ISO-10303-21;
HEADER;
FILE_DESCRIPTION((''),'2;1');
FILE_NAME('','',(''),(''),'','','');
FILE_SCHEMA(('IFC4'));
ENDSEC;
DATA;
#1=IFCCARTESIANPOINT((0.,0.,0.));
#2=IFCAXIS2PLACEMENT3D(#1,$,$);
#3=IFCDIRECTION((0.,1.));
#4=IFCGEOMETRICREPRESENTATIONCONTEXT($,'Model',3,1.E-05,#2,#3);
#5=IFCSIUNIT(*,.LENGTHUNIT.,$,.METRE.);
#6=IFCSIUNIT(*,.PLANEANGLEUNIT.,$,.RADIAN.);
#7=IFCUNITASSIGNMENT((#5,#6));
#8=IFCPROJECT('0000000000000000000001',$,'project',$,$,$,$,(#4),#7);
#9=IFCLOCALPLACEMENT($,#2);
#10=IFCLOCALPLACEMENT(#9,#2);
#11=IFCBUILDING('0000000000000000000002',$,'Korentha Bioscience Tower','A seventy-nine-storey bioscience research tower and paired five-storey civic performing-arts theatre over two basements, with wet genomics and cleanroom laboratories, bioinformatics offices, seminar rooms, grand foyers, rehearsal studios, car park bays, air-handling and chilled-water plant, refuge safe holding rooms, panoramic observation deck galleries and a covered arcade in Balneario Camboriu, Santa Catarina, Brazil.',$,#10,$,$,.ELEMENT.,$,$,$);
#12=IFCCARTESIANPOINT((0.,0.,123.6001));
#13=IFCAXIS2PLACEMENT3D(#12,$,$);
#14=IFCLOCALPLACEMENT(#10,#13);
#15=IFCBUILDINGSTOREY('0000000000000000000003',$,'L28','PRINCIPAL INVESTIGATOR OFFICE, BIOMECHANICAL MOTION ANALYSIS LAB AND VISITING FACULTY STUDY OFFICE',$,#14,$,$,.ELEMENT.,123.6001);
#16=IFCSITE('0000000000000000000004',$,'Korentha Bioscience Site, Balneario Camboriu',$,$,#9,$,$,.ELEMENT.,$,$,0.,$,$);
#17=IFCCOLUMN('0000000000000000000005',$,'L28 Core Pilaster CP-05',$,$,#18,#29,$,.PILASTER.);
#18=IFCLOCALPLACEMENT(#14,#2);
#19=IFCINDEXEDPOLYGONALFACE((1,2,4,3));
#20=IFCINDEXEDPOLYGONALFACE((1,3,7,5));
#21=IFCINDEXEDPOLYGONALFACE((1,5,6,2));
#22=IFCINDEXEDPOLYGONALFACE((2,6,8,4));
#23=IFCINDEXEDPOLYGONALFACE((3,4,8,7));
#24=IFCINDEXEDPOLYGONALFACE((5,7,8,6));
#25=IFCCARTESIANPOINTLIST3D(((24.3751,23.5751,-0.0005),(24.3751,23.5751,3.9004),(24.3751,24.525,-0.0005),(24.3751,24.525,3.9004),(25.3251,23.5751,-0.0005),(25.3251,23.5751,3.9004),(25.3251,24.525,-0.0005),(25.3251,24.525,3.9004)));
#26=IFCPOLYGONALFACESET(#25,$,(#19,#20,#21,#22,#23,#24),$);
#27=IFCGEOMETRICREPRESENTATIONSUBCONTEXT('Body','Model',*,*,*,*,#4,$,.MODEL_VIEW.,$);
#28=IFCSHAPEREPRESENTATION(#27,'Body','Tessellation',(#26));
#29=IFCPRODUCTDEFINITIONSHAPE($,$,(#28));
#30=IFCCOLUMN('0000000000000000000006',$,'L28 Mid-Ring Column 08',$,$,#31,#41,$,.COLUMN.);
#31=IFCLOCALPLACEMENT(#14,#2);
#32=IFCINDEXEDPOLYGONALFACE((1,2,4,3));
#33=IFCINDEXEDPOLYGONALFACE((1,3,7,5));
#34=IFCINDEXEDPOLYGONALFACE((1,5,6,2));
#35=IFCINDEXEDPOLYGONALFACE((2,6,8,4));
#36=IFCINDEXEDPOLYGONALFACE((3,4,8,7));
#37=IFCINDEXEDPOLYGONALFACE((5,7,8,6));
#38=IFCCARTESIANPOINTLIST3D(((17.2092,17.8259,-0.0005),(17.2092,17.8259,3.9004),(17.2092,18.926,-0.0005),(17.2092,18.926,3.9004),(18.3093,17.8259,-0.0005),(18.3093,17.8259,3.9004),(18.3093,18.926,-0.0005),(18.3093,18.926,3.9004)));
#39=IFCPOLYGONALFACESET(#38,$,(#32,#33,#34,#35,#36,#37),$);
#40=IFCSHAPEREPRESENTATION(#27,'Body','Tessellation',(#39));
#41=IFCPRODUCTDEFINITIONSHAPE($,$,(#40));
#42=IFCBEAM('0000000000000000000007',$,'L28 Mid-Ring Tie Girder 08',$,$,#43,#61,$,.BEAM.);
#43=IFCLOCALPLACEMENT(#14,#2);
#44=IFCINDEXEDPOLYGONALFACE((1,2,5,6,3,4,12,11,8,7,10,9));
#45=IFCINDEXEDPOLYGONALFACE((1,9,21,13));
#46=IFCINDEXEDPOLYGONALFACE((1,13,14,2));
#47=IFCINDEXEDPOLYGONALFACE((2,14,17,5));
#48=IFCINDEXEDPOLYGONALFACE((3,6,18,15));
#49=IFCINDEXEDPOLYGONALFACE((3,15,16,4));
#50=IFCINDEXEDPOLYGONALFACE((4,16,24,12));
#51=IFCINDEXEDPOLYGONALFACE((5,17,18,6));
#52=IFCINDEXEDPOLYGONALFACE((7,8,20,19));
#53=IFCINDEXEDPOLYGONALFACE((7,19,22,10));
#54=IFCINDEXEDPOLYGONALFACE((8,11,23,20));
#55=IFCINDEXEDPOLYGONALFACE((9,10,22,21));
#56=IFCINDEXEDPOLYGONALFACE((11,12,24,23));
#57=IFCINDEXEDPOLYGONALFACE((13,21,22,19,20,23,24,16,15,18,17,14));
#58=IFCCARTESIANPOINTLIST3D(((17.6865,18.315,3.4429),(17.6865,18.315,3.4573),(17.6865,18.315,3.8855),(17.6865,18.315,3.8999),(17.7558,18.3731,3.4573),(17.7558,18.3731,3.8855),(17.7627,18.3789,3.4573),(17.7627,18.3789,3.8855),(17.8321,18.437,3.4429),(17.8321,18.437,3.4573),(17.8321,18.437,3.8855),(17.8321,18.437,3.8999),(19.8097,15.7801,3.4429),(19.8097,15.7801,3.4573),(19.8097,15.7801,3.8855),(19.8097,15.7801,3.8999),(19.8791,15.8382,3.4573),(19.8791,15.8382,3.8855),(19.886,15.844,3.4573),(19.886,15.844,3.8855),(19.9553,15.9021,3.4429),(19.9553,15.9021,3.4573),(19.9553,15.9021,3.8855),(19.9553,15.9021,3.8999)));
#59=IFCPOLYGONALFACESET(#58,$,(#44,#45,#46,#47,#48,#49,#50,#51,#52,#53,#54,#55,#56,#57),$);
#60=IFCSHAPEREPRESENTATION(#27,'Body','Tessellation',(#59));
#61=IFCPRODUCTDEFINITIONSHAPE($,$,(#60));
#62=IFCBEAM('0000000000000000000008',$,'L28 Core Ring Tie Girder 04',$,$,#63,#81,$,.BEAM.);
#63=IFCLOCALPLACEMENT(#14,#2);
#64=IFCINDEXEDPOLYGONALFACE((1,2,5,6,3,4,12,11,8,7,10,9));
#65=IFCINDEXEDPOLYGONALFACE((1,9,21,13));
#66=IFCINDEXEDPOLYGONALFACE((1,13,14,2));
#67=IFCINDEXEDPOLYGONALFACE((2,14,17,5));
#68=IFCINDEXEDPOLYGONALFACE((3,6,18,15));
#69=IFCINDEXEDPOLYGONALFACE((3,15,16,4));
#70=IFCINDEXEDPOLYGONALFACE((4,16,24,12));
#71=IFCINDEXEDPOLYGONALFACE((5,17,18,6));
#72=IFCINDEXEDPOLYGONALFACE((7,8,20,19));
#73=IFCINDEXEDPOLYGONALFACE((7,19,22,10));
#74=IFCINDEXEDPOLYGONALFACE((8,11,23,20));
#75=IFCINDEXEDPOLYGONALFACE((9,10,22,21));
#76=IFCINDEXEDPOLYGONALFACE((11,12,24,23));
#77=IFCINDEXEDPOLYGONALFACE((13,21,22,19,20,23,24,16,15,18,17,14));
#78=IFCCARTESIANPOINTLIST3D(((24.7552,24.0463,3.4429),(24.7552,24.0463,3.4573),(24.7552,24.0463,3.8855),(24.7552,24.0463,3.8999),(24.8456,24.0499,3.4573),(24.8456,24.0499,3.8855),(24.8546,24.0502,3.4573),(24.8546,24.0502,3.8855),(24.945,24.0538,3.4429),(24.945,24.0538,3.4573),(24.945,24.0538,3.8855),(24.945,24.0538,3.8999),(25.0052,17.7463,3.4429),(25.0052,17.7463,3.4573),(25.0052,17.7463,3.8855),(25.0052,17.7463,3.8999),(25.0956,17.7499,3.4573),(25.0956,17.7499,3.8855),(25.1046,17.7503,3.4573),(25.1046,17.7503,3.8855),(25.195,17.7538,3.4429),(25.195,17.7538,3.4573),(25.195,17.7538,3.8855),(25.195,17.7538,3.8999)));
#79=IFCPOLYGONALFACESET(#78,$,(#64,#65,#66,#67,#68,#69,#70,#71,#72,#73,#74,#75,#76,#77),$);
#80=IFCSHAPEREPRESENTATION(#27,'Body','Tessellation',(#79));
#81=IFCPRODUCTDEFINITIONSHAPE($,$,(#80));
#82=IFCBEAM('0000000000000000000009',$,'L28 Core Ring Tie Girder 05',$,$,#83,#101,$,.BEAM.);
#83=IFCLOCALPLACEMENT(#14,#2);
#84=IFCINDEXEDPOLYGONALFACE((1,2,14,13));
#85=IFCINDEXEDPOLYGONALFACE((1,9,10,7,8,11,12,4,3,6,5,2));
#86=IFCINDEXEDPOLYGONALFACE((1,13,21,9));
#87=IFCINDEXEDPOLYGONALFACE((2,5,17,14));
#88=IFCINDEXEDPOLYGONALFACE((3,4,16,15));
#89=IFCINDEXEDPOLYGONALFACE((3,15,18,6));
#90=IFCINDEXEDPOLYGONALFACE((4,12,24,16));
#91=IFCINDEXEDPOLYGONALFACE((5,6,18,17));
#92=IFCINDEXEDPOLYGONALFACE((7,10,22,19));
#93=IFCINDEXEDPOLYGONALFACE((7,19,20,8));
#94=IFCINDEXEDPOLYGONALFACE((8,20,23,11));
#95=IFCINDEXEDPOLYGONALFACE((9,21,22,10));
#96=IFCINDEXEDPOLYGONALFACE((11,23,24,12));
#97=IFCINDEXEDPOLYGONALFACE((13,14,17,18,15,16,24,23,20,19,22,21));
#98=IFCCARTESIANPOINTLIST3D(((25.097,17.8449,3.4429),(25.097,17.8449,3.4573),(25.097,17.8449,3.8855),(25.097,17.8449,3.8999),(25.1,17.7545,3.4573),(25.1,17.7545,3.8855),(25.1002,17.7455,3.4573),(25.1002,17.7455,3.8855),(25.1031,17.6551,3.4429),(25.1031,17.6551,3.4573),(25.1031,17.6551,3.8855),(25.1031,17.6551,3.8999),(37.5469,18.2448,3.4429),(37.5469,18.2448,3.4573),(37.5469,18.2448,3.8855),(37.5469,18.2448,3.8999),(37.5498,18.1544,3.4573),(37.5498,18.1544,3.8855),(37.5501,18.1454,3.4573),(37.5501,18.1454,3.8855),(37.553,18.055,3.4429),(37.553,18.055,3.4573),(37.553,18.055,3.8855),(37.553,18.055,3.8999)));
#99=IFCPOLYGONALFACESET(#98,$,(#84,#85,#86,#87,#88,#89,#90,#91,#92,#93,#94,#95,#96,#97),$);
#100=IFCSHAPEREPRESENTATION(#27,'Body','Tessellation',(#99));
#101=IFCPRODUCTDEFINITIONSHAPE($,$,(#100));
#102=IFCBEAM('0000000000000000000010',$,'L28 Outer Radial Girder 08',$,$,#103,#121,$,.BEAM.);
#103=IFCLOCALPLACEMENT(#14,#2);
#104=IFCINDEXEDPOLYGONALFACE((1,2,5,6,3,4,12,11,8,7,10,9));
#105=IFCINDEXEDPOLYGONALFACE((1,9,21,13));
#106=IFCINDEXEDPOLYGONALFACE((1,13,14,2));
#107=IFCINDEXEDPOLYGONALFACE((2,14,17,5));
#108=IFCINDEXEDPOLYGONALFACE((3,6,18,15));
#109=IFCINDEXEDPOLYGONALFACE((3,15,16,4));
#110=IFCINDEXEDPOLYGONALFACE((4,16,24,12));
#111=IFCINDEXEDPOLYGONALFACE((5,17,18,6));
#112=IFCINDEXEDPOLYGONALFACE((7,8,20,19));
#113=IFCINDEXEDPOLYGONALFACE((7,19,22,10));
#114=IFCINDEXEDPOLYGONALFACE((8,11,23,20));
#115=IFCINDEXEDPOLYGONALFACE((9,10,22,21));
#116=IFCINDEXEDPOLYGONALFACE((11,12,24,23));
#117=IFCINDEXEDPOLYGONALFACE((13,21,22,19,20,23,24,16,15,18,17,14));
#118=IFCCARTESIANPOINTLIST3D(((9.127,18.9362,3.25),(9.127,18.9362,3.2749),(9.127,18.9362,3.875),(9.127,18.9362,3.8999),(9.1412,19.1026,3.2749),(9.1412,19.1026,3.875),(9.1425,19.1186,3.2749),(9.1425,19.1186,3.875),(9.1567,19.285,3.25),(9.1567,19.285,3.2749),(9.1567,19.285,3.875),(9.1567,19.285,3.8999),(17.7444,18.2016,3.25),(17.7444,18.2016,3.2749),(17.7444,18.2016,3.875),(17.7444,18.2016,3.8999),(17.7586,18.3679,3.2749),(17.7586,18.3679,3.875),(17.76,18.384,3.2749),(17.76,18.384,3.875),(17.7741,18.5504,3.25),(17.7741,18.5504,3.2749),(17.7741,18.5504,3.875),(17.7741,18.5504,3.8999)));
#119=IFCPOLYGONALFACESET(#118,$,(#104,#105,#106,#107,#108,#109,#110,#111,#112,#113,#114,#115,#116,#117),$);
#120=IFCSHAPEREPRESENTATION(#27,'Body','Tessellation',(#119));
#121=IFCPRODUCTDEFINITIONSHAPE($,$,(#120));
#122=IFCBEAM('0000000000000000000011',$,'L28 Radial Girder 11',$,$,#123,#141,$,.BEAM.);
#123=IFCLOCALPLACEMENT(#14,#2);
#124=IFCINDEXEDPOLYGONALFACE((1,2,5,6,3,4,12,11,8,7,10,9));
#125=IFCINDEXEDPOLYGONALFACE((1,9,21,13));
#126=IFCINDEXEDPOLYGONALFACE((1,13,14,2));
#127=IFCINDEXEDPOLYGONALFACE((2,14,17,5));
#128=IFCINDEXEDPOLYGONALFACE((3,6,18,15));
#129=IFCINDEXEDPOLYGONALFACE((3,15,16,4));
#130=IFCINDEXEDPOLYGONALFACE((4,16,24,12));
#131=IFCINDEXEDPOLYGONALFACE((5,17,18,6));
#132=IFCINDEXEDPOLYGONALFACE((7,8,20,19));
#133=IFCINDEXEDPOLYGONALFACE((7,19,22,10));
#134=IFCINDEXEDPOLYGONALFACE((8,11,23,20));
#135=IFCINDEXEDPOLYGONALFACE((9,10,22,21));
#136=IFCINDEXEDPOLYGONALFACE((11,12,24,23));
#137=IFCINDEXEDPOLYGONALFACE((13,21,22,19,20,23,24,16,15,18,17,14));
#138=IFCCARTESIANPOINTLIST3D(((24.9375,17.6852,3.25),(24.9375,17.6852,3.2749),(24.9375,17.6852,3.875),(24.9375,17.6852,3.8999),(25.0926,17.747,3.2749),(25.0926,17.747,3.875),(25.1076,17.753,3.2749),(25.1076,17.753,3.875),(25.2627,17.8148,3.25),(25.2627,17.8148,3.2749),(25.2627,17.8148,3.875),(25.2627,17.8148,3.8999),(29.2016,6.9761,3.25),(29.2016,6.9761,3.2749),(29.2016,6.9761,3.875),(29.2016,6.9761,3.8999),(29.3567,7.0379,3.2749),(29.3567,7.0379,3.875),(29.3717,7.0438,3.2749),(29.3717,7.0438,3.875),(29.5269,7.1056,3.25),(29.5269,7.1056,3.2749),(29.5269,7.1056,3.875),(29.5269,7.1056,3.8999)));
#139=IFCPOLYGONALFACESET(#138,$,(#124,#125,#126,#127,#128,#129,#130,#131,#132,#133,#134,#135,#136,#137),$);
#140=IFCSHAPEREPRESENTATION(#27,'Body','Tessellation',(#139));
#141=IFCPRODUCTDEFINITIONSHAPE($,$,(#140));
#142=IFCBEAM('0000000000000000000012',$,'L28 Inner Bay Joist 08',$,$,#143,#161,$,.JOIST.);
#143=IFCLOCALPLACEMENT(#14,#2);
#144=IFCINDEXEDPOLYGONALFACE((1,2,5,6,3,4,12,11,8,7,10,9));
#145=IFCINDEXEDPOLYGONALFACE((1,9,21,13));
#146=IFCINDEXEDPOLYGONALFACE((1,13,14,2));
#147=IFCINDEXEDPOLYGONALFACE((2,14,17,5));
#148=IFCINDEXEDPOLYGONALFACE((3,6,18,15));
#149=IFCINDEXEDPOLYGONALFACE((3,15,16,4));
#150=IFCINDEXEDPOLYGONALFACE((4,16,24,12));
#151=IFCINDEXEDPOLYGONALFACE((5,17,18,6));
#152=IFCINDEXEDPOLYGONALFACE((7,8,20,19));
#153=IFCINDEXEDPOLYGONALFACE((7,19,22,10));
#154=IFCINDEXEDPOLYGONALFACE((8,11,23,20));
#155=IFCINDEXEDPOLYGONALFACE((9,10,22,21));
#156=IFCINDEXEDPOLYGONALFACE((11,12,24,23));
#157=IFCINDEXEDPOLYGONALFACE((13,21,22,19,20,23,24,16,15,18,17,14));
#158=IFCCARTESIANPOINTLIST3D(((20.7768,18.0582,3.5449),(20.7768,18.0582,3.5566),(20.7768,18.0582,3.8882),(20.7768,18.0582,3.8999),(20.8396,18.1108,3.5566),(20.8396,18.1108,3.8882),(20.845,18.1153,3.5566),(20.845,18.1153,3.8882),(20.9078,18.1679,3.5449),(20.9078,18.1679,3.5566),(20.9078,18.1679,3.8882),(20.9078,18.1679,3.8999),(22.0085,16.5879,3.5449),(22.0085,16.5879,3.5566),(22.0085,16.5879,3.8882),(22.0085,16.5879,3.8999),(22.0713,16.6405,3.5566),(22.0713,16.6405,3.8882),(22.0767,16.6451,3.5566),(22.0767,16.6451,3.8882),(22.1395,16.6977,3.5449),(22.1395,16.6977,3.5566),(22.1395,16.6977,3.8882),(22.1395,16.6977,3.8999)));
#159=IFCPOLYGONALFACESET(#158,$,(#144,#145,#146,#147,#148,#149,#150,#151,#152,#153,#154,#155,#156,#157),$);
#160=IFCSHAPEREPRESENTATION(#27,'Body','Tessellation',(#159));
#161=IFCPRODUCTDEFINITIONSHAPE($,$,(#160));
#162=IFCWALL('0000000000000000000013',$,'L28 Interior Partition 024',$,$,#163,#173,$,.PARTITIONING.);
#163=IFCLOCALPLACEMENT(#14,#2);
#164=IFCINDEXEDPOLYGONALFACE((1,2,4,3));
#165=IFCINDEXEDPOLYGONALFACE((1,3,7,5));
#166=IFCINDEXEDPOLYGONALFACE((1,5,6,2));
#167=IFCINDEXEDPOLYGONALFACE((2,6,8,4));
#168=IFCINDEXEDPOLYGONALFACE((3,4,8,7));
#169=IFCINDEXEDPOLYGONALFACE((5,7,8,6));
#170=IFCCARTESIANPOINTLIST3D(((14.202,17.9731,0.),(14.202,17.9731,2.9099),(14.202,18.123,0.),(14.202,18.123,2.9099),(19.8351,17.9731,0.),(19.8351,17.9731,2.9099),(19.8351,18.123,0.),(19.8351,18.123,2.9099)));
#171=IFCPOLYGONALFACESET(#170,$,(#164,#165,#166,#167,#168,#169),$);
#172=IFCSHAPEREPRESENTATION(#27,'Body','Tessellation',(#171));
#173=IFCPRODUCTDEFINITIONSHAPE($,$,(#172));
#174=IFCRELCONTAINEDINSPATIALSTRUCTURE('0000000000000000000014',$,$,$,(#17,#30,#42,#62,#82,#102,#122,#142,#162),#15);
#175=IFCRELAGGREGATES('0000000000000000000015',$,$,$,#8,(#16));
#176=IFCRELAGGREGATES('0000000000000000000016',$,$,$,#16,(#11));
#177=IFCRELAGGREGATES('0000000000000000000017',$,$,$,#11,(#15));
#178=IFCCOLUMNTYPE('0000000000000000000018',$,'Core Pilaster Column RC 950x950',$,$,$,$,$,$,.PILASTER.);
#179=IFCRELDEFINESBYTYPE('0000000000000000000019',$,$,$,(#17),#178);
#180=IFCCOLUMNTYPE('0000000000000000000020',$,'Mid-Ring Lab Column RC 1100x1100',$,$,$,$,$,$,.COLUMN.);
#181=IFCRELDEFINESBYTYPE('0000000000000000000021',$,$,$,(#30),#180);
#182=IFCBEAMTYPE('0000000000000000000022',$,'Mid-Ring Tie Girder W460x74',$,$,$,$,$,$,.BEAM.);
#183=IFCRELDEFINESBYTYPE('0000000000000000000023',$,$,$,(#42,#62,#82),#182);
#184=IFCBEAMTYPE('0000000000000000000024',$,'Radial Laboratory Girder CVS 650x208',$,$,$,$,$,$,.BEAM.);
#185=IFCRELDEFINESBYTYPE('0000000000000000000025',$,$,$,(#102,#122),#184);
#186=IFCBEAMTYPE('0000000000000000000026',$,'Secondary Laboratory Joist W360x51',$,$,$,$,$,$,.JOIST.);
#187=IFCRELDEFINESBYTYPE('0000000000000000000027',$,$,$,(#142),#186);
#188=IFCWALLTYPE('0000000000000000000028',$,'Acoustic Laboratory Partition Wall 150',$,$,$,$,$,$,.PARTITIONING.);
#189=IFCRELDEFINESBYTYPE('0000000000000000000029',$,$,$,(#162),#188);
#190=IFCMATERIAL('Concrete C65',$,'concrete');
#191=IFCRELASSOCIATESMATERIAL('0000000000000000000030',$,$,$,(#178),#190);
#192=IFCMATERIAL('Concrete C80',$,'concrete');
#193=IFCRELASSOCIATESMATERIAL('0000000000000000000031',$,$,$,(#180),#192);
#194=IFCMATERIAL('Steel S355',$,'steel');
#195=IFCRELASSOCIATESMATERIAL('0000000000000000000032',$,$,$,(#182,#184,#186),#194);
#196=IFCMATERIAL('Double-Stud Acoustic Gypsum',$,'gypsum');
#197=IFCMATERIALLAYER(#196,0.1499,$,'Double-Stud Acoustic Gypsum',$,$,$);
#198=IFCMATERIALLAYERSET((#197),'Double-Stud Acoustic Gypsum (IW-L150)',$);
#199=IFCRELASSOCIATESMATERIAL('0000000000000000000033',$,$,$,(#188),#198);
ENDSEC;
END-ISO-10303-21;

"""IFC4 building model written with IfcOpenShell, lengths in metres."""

from ifc_helpers import new_model, si_unit, direction, frame, frame_2d, origin, origin_2d, place, context, subcontext, project, spatial, rectangle, i_section, extrude, material, layer, layer_set, material_profile, profile_set, type_object, element, save


model = new_model("IFC4")

# Units and contexts
model_context = context("Model", 3, precision=1e-05, world=origin(), true_north=direction((0.0, 1.0)))
body_context = subcontext(model_context, "Body", "Model", "MODEL_VIEW")
ifc_project = project(units=[si_unit("LENGTHUNIT", "METRE"), si_unit("PLANEANGLEUNIT", "RADIAN")], contexts=[model_context])

# Site, building, storey
site_placement = place(None, origin())
site = spatial("IfcSite", under=ifc_project, at=site_placement, Name="Korentha Bioscience Site, Balneario Camboriu", CompositionType="ELEMENT", RefElevation=0.0)
building_placement = place(site_placement, origin())
building = spatial("IfcBuilding", under=site, at=building_placement, Name="Korentha Bioscience Tower", Description="A seventy-nine-storey bioscience research tower and paired five-storey civic performing-arts theatre over two basements, with wet genomics and cleanroom laboratories, bioinformatics offices, seminar rooms, grand foyers, rehearsal studios, car park bays, air-handling and chilled-water plant, refuge safe holding rooms, panoramic observation deck galleries and a covered arcade in Balneario Camboriu, Santa Catarina, Brazil.", CompositionType="ELEMENT")
storey_placement = place(building_placement, frame((0.0, 0.0, 123.6001)))
storey = spatial("IfcBuildingStorey", under=building, at=storey_placement, Name="L28", Description="PRINCIPAL INVESTIGATOR OFFICE, BIOMECHANICAL MOTION ANALYSIS LAB AND VISITING FACULTY STUDY OFFICE", CompositionType="ELEMENT", Elevation=123.6001)

# Columns
ifc_material_1 = material(Name="Concrete C65", Category="concrete")
ifc_material_profile_1 = material_profile(ifc_material_1, rectangle(XDim=0.95, YDim=0.95, at=origin_2d()), Name="Concrete C65")
ifc_profile_set_1 = profile_set([ifc_material_profile_1], Name="Concrete C65 (COL-CP09)")
column_type_1 = type_object("IfcColumnType", Name="Core Pilaster Column RC 950x950", PredefinedType="PILASTER", material=ifc_profile_set_1)
column_1_placement = place(storey_placement, frame((24.8501, 24.05, -0.0005), z_axis=(0.0, 0.0, 1.0), x_axis=(1.0, 0.0, 0.0)))
element("IfcColumn", 1, at=column_1_placement, inside=storey, type_object=column_type_1, Name="L28 Core Pilaster CP-05", PredefinedType="PILASTER", context=body_context, shape_type="SweptSolid", body=[
    extrude(rectangle(XDim=0.95, YDim=0.95, at=origin_2d()), origin(), (0.0, 0.0, 1.0), 3.9009),
])
ifc_material_2 = material(Name="Concrete C80", Category="concrete")
ifc_material_profile_2 = material_profile(ifc_material_2, rectangle(XDim=1.1001, YDim=1.1001, at=origin_2d()), Name="Concrete C80")
ifc_profile_set_2 = profile_set([ifc_material_profile_2], Name="Concrete C80 (COL-MR11)")
column_type_2 = type_object("IfcColumnType", Name="Mid-Ring Lab Column RC 1100x1100", PredefinedType="COLUMN", material=ifc_profile_set_2)
column_2_placement = place(storey_placement, frame((17.7593, 18.376, -0.0005), z_axis=(0.0, 0.0, 1.0), x_axis=(1.0, 0.0, 0.0)))
element("IfcColumn", 2, at=column_2_placement, inside=storey, type_object=column_type_2, Name="L28 Mid-Ring Column 08", PredefinedType="COLUMN", context=body_context, shape_type="SweptSolid", body=[
    extrude(rectangle(XDim=1.1001, YDim=1.1001, at=origin_2d()), origin(), (0.0, 0.0, 1.0), 3.9009),
])

# Beams
ifc_material_3 = material(Name="Steel S355", Category="steel")
ifc_material_profile_3 = material_profile(ifc_material_3, i_section(OverallWidth=0.1899, OverallDepth=0.457, WebThickness=0.009, FlangeThickness=0.0144, at=origin_2d()), Name="Steel S355")
ifc_profile_set_3 = profile_set([ifc_material_profile_3], Name="Steel S355 (MB-460)")
beam_type_1 = type_object("IfcBeamType", Name="Mid-Ring Tie Girder W460x74", PredefinedType="BEAM", material=ifc_profile_set_3)
beam_1_placement = place(storey_placement, frame((17.7593, 18.376, 3.6714), z_axis=(0.642121, -0.766603, 0.0), x_axis=(0.766603, 0.642121, 0.0)))
element("IfcBeam", 3, at=beam_1_placement, inside=storey, type_object=beam_type_1, Name="L28 Mid-Ring Tie Girder 08", PredefinedType="BEAM", context=body_context, shape_type="SweptSolid", body=[
    extrude(i_section(OverallWidth=0.1899, OverallDepth=0.457, WebThickness=0.009, FlangeThickness=0.0144, at=origin_2d()), origin(), (0.0, 0.0, 1.0), 3.3066),
])
beam_2_placement = place(storey_placement, frame((24.8501, 24.05, 3.6714), z_axis=(0.039651, -0.999214, 0.0), x_axis=(0.999214, 0.039651, 0.0)))
element("IfcBeam", 4, at=beam_2_placement, inside=storey, type_object=beam_type_1, Name="L28 Core Ring Tie Girder 04", PredefinedType="BEAM", context=body_context, shape_type="SweptSolid", body=[
    extrude(i_section(OverallWidth=0.1899, OverallDepth=0.457, WebThickness=0.009, FlangeThickness=0.0144, at=origin_2d()), origin(), (0.0, 0.0, 1.0), 6.3049),
])
beam_3_placement = place(storey_placement, frame((25.1001, 17.75, 3.6714), z_axis=(0.999485, 0.032104, 0.0), x_axis=(-0.032104, 0.999485, 0.0)))
element("IfcBeam", 5, at=beam_3_placement, inside=storey, type_object=beam_type_1, Name="L28 Core Ring Tie Girder 05", PredefinedType="BEAM", context=body_context, shape_type="SweptSolid", body=[
    extrude(i_section(OverallWidth=0.1899, OverallDepth=0.457, WebThickness=0.009, FlangeThickness=0.0144, at=origin_2d()), origin(), (0.0, 0.0, 1.0), 12.4563),
])
ifc_material_profile_4 = material_profile(ifc_material_3, i_section(OverallWidth=0.3501, OverallDepth=0.6499, WebThickness=0.0161, FlangeThickness=0.0249, at=origin_2d()), Name="Steel S355")
ifc_profile_set_4 = profile_set([ifc_material_profile_4], Name="Steel S355 (RB-650)")
beam_type_2 = type_object("IfcBeamType", Name="Radial Laboratory Girder CVS 650x208", PredefinedType="BEAM", material=ifc_profile_set_4)
beam_4_placement = place(storey_placement, frame((17.7593, 18.376, 3.575), z_axis=(-0.996386, 0.08494, 0.0), x_axis=(-0.08494, -0.996386, 0.0)))
element("IfcBeam", 6, at=beam_4_placement, inside=storey, type_object=beam_type_2, Name="L28 Outer Radial Girder 08", PredefinedType="BEAM", context=body_context, shape_type="SweptSolid", body=[
    extrude(i_section(OverallWidth=0.3501, OverallDepth=0.6499, WebThickness=0.0161, FlangeThickness=0.0249, at=origin_2d()), origin(), (0.0, 0.0, 1.0), 8.6487),
])
beam_5_placement = place(storey_placement, frame((25.1001, 17.75, 3.575), z_axis=(0.36993, -0.92906, 0.0), x_axis=(0.92906, 0.36993, 0.0)))
element("IfcBeam", 7, at=beam_5_placement, inside=storey, type_object=beam_type_2, Name="L28 Radial Girder 11", PredefinedType="BEAM", context=body_context, shape_type="SweptSolid", body=[
    extrude(i_section(OverallWidth=0.3501, OverallDepth=0.6499, WebThickness=0.0161, FlangeThickness=0.0249, at=origin_2d()), origin(), (0.0, 0.0, 1.0), 11.5269),
])
ifc_material_profile_5 = material_profile(ifc_material_3, i_section(OverallWidth=0.1709, OverallDepth=0.355, WebThickness=0.0071, FlangeThickness=0.0117, at=origin_2d()), Name="Steel S355")
ifc_profile_set_5 = profile_set([ifc_material_profile_5], Name="Steel S355 (JB-360)")
beam_type_3 = type_object("IfcBeamType", Name="Secondary Laboratory Joist W360x51", PredefinedType="JOIST", material=ifc_profile_set_5)
beam_6_placement = place(storey_placement, frame((20.8423, 18.113, 3.7224), z_axis=(0.642185, -0.766549, 0.0), x_axis=(0.766549, 0.642185, 0.0)))
element("IfcBeam", 8, at=beam_6_placement, inside=storey, type_object=beam_type_3, Name="L28 Inner Bay Joist 08", PredefinedType="JOIST", context=body_context, shape_type="SweptSolid", body=[
    extrude(i_section(OverallWidth=0.1709, OverallDepth=0.355, WebThickness=0.0071, FlangeThickness=0.0117, at=origin_2d()), origin(), (0.0, 0.0, 1.0), 1.918),
])

# Wall
ifc_material_4 = material(Name="Double-Stud Acoustic Gypsum", Category="gypsum")
ifc_layer_1 = layer(ifc_material_4, 0.1499, Name="Double-Stud Acoustic Gypsum")
ifc_layer_set_1 = layer_set([ifc_layer_1], Name="Double-Stud Acoustic Gypsum (IW-L150)")
wall_type_1 = type_object("IfcWallType", Name="Acoustic Laboratory Partition Wall 150", PredefinedType="PARTITIONING", material=ifc_layer_set_1)
wall_1_placement = place(storey_placement, frame((14.2021, 18.0481, 0.0), z_axis=(0.0, 0.0, 1.0), x_axis=(1.0, 0.0, 0.0)))
element("IfcWall", 9, at=wall_1_placement, inside=storey, type_object=wall_type_1, Name="L28 Interior Partition 024", PredefinedType="PARTITIONING", context=body_context, shape_type="SweptSolid", body=[
    extrude(rectangle(XDim=5.6331, YDim=0.1499, at=frame_2d((2.8164, 0.0))), origin(), (0.0, 0.0, 1.0), 2.9099),
])

save(model, "model.ifc")
